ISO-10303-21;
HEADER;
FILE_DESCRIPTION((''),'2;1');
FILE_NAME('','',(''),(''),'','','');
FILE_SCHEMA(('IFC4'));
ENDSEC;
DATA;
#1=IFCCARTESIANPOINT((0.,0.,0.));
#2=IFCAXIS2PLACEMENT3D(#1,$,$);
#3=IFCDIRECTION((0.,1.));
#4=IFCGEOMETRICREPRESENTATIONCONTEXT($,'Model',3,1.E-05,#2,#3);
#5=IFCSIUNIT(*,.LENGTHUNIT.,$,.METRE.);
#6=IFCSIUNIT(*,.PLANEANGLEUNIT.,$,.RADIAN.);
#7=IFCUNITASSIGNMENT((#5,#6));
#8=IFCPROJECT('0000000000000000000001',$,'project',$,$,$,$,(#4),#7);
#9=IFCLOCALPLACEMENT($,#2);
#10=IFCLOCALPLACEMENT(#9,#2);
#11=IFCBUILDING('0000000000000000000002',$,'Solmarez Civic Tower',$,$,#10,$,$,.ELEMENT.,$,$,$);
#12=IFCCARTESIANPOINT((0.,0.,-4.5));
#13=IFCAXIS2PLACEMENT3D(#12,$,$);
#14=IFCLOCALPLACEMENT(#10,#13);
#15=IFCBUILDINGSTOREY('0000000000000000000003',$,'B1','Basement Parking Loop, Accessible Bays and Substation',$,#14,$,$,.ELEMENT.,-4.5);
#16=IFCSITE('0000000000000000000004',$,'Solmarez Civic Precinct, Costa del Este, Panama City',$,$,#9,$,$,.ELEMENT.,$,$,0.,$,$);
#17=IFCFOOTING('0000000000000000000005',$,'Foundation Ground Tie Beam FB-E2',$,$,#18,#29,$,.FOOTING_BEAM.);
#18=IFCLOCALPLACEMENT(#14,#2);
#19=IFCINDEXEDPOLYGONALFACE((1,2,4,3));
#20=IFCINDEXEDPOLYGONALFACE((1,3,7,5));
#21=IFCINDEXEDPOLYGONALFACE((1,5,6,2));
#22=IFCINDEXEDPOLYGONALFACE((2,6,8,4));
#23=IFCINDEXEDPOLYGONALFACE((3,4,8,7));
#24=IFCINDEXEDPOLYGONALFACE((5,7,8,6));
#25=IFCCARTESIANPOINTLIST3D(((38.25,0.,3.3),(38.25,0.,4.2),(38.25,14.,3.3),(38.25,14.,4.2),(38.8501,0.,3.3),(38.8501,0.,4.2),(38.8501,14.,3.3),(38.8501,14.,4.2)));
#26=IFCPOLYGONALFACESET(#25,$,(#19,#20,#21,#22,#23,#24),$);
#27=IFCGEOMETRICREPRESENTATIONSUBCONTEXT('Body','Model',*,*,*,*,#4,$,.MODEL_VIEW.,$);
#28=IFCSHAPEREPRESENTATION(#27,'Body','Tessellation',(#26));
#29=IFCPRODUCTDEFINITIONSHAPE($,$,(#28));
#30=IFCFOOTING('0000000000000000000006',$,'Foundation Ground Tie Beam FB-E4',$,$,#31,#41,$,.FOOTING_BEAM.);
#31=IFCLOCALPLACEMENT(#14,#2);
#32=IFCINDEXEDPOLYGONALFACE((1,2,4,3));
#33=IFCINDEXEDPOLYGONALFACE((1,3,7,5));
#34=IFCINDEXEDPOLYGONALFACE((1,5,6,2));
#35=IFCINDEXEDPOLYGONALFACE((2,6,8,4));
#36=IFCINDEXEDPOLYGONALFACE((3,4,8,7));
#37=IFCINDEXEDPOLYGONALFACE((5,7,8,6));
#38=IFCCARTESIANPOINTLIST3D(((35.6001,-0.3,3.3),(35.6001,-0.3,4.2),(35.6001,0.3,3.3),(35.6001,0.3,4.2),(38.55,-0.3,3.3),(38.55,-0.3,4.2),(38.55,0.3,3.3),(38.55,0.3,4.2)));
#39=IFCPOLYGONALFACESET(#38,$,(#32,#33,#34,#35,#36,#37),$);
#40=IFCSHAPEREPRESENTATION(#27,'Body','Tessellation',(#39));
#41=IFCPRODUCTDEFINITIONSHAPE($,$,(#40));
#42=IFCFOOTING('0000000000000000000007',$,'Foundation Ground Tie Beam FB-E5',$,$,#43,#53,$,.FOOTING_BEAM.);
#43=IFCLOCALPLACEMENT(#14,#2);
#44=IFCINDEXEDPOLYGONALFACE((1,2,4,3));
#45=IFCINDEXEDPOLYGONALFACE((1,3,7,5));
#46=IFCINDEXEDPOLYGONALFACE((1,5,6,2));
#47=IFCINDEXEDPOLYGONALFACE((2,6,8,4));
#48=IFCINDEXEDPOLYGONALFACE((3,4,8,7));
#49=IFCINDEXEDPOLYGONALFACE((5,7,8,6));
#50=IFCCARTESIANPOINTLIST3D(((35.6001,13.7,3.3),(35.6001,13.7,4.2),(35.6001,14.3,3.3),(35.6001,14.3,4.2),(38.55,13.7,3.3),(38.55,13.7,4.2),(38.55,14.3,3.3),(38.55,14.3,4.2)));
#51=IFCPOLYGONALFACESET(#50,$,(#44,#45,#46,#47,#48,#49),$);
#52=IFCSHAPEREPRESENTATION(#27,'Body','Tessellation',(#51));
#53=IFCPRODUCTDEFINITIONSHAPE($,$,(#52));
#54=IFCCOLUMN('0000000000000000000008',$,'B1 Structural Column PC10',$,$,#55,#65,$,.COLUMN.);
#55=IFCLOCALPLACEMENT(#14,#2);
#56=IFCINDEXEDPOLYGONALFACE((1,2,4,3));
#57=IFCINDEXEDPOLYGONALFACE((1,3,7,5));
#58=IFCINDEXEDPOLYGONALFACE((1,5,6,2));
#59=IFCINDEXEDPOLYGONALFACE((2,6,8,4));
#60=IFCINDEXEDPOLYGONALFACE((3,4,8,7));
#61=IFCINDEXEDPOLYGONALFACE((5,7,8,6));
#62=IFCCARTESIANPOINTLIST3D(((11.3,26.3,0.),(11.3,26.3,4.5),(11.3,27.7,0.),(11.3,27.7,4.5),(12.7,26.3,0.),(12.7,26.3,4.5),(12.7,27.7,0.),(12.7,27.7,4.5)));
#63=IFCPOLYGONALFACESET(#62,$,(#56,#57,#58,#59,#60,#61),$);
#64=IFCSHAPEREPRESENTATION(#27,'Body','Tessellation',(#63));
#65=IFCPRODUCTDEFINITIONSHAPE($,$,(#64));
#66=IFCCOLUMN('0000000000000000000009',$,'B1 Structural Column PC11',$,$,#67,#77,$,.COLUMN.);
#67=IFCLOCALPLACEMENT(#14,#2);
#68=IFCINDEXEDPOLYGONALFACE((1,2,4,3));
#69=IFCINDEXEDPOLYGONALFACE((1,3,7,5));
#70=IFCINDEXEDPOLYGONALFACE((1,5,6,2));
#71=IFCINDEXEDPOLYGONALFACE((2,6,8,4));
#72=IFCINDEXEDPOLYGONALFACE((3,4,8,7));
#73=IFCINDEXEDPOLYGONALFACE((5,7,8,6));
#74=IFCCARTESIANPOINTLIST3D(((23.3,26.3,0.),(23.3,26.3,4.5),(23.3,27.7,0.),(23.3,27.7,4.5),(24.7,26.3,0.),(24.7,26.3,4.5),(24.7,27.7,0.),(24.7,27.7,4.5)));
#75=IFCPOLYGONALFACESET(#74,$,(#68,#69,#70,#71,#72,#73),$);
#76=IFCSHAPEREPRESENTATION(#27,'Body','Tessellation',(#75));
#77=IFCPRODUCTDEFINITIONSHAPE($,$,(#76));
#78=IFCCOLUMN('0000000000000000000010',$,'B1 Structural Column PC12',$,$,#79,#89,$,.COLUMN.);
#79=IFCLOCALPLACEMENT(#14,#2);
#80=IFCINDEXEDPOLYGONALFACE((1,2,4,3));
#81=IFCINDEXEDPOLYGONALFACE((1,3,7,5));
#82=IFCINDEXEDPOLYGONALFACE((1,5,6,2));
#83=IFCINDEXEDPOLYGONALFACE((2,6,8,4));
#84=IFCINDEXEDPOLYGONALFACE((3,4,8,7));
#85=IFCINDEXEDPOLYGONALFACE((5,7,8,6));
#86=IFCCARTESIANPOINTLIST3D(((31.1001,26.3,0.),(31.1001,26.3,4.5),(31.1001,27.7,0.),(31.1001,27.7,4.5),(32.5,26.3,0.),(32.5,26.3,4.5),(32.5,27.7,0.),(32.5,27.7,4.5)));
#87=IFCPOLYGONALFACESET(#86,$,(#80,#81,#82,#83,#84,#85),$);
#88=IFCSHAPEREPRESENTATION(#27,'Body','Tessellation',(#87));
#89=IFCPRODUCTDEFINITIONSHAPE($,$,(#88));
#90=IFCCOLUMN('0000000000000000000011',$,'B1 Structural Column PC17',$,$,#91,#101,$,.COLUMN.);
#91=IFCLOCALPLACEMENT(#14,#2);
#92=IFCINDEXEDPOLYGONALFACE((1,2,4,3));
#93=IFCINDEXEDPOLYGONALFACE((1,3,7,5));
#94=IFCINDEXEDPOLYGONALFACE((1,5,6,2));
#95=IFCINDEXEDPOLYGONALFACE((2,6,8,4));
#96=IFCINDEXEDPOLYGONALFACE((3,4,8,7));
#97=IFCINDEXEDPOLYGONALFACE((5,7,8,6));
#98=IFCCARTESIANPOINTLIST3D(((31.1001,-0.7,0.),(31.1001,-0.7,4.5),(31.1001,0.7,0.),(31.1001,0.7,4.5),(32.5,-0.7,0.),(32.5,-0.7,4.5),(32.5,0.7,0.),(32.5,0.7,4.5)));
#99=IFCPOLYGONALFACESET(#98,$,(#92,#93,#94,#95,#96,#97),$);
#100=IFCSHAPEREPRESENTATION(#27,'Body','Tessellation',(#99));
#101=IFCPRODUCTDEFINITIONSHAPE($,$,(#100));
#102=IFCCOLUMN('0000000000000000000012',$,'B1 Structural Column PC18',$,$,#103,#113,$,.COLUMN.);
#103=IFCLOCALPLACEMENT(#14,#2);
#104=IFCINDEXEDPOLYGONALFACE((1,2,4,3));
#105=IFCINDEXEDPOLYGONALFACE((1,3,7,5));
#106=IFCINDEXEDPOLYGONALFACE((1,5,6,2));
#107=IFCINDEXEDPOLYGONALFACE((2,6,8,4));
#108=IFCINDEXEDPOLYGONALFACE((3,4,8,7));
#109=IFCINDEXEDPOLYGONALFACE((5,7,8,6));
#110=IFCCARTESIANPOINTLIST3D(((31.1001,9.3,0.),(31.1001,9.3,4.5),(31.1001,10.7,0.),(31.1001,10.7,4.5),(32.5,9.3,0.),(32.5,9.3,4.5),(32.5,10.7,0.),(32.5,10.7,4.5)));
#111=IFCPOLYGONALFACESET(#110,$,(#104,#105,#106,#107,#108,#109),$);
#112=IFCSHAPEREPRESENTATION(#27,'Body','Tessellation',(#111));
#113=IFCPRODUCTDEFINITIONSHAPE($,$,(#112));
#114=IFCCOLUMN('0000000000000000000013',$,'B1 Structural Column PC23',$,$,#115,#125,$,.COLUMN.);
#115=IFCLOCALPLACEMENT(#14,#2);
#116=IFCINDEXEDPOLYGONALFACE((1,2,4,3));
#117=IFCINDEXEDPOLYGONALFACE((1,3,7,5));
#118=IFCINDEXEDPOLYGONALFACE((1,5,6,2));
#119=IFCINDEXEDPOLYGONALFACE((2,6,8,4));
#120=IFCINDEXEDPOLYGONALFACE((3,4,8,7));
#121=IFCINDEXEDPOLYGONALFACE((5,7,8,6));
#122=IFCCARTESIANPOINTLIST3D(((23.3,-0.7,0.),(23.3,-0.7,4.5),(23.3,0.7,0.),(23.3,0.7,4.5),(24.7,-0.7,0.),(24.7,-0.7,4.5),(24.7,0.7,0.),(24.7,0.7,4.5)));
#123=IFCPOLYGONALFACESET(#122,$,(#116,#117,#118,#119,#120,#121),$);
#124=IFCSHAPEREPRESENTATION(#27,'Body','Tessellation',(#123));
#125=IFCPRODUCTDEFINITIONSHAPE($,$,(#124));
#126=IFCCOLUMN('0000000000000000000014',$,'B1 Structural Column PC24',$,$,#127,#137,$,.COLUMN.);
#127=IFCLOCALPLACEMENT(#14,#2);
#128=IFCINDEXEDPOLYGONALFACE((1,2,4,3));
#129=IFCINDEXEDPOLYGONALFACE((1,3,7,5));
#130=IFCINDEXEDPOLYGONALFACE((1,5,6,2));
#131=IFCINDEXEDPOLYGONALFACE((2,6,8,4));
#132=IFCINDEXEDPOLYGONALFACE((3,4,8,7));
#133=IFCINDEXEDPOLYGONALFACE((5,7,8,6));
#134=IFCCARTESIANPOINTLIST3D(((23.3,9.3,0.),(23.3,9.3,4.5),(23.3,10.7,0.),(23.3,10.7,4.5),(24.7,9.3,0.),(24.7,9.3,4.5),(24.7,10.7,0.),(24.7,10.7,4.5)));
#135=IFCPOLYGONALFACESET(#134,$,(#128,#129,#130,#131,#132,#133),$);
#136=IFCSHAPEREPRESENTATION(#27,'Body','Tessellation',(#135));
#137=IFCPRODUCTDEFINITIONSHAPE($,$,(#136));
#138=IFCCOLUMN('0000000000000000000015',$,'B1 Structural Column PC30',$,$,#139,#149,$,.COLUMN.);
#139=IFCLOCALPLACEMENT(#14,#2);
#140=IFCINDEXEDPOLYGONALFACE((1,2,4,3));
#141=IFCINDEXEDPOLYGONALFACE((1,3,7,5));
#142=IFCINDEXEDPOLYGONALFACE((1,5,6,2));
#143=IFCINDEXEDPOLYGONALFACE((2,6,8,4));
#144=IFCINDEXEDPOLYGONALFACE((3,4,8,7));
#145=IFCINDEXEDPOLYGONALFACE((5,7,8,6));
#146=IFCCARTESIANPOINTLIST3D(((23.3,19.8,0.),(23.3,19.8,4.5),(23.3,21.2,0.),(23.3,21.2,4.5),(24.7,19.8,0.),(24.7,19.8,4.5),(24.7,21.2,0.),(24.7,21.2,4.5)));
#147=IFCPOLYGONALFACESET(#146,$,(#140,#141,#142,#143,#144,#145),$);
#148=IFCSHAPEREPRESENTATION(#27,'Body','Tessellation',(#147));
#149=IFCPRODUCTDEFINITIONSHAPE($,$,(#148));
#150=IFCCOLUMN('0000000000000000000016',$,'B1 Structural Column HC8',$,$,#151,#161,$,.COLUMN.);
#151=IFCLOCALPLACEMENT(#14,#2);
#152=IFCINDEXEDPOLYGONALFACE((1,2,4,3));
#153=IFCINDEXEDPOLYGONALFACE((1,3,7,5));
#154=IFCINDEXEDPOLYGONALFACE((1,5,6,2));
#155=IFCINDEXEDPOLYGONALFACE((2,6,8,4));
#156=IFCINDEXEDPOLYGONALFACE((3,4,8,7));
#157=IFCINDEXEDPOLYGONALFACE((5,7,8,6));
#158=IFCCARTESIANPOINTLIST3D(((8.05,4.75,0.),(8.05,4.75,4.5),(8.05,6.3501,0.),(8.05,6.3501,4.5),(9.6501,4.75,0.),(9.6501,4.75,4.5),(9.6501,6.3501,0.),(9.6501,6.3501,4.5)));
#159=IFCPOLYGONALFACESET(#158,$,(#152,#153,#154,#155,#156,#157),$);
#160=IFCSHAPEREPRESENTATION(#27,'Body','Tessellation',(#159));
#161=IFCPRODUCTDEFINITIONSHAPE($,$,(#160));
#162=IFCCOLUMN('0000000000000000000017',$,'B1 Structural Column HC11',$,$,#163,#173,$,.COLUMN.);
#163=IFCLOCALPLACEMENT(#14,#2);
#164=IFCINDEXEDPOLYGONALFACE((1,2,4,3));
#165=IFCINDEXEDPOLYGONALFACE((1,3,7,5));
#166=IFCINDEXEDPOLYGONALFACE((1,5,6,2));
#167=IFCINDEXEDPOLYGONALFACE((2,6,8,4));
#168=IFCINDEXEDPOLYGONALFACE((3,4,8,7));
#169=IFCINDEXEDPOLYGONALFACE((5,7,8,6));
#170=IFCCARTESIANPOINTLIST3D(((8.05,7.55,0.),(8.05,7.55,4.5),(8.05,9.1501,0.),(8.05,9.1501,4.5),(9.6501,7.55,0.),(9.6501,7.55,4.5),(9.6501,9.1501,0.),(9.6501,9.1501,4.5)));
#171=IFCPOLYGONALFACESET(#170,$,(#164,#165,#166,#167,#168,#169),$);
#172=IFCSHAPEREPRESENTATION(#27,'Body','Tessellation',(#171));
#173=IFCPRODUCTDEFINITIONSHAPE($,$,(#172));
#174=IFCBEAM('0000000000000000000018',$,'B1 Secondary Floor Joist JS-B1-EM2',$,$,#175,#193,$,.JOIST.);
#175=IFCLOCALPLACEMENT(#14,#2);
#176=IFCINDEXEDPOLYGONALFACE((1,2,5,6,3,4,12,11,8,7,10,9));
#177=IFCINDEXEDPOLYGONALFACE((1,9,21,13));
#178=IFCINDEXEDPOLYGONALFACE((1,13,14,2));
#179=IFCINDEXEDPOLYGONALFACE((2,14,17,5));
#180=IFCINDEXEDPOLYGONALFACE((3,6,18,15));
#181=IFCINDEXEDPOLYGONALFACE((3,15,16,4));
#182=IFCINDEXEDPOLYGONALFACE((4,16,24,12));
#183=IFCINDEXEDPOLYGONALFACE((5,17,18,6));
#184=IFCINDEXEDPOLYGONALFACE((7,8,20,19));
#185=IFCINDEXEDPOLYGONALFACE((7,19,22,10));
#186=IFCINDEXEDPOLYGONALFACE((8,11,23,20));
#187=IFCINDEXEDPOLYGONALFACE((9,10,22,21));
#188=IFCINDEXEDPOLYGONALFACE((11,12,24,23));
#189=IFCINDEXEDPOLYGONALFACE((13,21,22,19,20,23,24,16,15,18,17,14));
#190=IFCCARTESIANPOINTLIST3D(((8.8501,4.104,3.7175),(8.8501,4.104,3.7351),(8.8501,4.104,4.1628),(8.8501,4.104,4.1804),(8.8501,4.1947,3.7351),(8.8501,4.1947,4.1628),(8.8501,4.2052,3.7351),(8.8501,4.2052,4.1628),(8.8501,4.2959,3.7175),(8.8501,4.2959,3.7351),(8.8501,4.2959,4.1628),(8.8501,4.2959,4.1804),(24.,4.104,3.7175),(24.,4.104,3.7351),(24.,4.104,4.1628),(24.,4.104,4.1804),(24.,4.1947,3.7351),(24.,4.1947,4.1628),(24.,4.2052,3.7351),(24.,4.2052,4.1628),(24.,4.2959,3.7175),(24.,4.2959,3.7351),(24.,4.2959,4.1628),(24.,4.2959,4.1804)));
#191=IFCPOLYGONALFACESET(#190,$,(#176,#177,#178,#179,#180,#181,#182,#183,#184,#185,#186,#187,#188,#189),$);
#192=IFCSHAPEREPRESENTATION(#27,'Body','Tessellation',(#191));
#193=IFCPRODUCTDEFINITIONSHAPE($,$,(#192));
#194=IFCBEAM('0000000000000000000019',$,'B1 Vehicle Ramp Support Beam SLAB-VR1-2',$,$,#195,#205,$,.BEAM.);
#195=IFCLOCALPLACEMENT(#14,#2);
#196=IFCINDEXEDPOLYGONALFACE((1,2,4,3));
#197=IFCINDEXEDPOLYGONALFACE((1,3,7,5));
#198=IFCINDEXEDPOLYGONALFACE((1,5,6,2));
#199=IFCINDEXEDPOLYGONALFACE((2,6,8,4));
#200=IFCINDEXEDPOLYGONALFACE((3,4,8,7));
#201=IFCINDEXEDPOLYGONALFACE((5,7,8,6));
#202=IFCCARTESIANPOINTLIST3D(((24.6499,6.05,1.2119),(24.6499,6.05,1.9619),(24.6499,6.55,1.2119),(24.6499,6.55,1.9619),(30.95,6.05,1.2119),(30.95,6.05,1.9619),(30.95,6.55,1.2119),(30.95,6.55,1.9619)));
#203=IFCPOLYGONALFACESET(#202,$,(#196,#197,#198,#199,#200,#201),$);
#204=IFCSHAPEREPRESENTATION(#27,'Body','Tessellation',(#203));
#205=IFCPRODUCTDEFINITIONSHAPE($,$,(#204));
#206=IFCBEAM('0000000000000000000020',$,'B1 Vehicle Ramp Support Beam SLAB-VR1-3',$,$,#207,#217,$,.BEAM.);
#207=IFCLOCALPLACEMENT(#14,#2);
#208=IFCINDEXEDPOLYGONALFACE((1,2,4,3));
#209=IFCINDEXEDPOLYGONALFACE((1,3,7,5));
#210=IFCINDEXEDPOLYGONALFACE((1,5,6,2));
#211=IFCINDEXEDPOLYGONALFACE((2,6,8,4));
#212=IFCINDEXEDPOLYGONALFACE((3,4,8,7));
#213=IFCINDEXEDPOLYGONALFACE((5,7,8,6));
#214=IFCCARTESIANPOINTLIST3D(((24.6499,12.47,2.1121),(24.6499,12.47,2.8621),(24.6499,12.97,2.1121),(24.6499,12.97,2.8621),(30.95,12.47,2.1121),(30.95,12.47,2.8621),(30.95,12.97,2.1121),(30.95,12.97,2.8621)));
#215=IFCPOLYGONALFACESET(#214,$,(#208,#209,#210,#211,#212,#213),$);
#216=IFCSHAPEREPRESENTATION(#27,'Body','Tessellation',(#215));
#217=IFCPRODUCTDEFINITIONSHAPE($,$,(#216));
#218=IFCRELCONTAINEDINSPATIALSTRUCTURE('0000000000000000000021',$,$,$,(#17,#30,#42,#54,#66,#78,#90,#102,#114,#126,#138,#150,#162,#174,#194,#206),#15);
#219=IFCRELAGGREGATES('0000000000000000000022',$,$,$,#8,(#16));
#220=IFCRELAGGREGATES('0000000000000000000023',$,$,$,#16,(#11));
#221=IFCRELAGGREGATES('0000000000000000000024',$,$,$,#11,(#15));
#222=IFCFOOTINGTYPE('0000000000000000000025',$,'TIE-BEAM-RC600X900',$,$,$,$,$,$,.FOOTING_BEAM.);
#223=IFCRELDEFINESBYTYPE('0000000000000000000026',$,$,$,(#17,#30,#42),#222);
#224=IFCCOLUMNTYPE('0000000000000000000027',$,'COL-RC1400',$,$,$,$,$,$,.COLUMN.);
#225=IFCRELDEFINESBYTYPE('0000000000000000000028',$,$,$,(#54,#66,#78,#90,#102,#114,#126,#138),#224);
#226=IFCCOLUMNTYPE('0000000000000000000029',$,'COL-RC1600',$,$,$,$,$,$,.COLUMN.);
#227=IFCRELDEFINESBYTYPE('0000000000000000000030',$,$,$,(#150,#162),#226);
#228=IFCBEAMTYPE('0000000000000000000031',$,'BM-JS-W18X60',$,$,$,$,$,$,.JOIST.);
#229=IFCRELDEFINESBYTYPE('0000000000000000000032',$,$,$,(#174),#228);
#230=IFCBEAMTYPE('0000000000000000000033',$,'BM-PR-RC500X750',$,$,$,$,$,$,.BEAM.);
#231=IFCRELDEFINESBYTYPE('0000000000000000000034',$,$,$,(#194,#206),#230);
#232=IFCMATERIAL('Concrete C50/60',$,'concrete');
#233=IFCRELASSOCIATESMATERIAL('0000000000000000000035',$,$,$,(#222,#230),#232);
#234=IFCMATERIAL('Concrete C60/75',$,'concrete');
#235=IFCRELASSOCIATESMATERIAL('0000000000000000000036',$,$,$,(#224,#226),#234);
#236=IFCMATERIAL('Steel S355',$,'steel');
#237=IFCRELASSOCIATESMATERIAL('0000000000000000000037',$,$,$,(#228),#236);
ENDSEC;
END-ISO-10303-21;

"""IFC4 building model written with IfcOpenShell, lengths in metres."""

from ifc_helpers import new_model, si_unit, direction, frame, origin, origin_2d, place, context, subcontext, project, spatial, rectangle, i_section, extrude, material, material_profile, profile_set, type_object, element, save


model = new_model("IFC4")

# Units and contexts
model_context = context("Model", 3, precision=1e-05, world=origin(), true_north=direction((0.0, 1.0)))
body_context = subcontext(model_context, "Body", "Model", "MODEL_VIEW")
ifc_project = project(units=[si_unit("LENGTHUNIT", "METRE"), si_unit("PLANEANGLEUNIT", "RADIAN")], contexts=[model_context])

# Site, building, storey
site_placement = place(None, origin())
site = spatial("IfcSite", under=ifc_project, at=site_placement, Name="Solmarez Civic Precinct, Costa del Este, Panama City", CompositionType="ELEMENT", RefElevation=0.0)
building_placement = place(site_placement, origin())
building = spatial("IfcBuilding", under=site, at=building_placement, Name="Solmarez Civic Tower", CompositionType="ELEMENT")
storey_placement = place(building_placement, frame((0.0, 0.0, -4.5)))
storey = spatial("IfcBuildingStorey", under=building, at=storey_placement, Name="B1", Description="Basement Parking Loop, Accessible Bays and Substation", CompositionType="ELEMENT", Elevation=-4.5)

# Footings
ifc_material_1 = material(Name="Concrete C50/60", Category="concrete")
ifc_material_profile_1 = material_profile(ifc_material_1, rectangle(XDim=0.6001, YDim=0.8999, at=origin_2d()), Name="RC600X900")
ifc_profile_set_1 = profile_set([ifc_material_profile_1], Name="Concrete C50/60")
footing_type = type_object("IfcFootingType", Name="TIE-BEAM-RC600X900", PredefinedType="FOOTING_BEAM", material=ifc_profile_set_1)
footing_placement = place(storey_placement, frame((38.55, 0.0, 3.75), z_axis=(0.0, 1.0, 0.0), x_axis=(-1.0, 0.0, 0.0)))
element("IfcFooting", 1, at=footing_placement, inside=storey, type_object=footing_type, Name="Foundation Ground Tie Beam FB-E2", PredefinedType="FOOTING_BEAM", context=body_context, shape_type="SweptSolid", body=[
    extrude(rectangle(XDim=0.6001, YDim=0.8999, at=origin_2d()), origin(), (0.0, 0.0, 1.0), 14.0),
])
for number, where, z_axis, x_axis, name in (
    (2, (38.55, 0.0, 3.75), (-1.0, 0.0, 0.0), (0.0, -1.0, 0.0), "Foundation Ground Tie Beam FB-E4"),
    (3, (38.55, 14.0, 3.75), (-1.0, 0.0, 0.0), (0.0, -1.0, 0.0), "Foundation Ground Tie Beam FB-E5"),
):
    element("IfcFooting", number, at=place(storey_placement, frame(where, z_axis=z_axis, x_axis=x_axis)), inside=storey, type_object=footing_type, Name=name, PredefinedType="FOOTING_BEAM", context=body_context, shape_type="SweptSolid", body=[
        extrude(rectangle(XDim=0.6001, YDim=0.8999, at=origin_2d()), origin(), (0.0, 0.0, 1.0), 2.95),
    ])

# Columns
ifc_material_2 = material(Name="Concrete C60/75", Category="concrete")
ifc_material_profile_2 = material_profile(ifc_material_2, rectangle(XDim=1.3999, YDim=1.3999, at=origin_2d()), Name="RC1400X1400")
ifc_profile_set_2 = profile_set([ifc_material_profile_2], Name="Concrete C60/75")
column_type_1 = type_object("IfcColumnType", Name="COL-RC1400", PredefinedType="COLUMN", material=ifc_profile_set_2)
for number, where, z_axis, x_axis, name in (
    (4, (12.0, 27.0, 0.0), (0.0, 0.0, 1.0), (1.0, 0.0, 0.0), "B1 Structural Column PC10"),
    (5, (24.0, 27.0, 0.0), (0.0, 0.0, 1.0), (1.0, 0.0, 0.0), "B1 Structural Column PC11"),
    (6, (31.8, 27.0, 0.0), (0.0, 0.0, 1.0), (1.0, 0.0, 0.0), "B1 Structural Column PC12"),
    (7, (31.8, 0.0, 0.0), (0.0, 0.0, 1.0), (1.0, 0.0, 0.0), "B1 Structural Column PC17"),
    (8, (31.8, 10.0, 0.0), (0.0, 0.0, 1.0), (1.0, 0.0, 0.0), "B1 Structural Column PC18"),
    (9, (24.0, 0.0, 0.0), (0.0, 0.0, 1.0), (1.0, 0.0, 0.0), "B1 Structural Column PC23"),
    (10, (24.0, 10.0, 0.0), (0.0, 0.0, 1.0), (1.0, 0.0, 0.0), "B1 Structural Column PC24"),
    (11, (24.0, 20.5, 0.0), (0.0, 0.0, 1.0), (1.0, 0.0, 0.0), "B1 Structural Column PC30"),
):
    element("IfcColumn", number, at=place(storey_placement, frame(where, z_axis=z_axis, x_axis=x_axis)), inside=storey, type_object=column_type_1, Name=name, PredefinedType="COLUMN", context=body_context, shape_type="SweptSolid", body=[
        extrude(rectangle(XDim=1.3999, YDim=1.3999, at=origin_2d()), origin(), (0.0, 0.0, 1.0), 4.5),
    ])
ifc_material_profile_3 = material_profile(ifc_material_2, rectangle(XDim=1.6001, YDim=1.6001, at=origin_2d()), Name="RC1600X1600")
ifc_profile_set_3 = profile_set([ifc_material_profile_3], Name="Concrete C60/75")
column_type_2 = type_object("IfcColumnType", Name="COL-RC1600", PredefinedType="COLUMN", material=ifc_profile_set_3)
for number, where, z_axis, x_axis, name in (
    (12, (8.8501, 5.55, 0.0), (0.0, 0.0, 1.0), (1.0, 0.0, 0.0), "B1 Structural Column HC8"),
    (13, (8.8501, 8.3501, 0.0), (0.0, 0.0, 1.0), (1.0, 0.0, 0.0), "B1 Structural Column HC11"),
):
    element("IfcColumn", number, at=place(storey_placement, frame(where, z_axis=z_axis, x_axis=x_axis)), inside=storey, type_object=column_type_2, Name=name, PredefinedType="COLUMN", context=body_context, shape_type="SweptSolid", body=[
        extrude(rectangle(XDim=1.6001, YDim=1.6001, at=origin_2d()), origin(), (0.0, 0.0, 1.0), 4.5),
    ])

# Beams
ifc_material_3 = material(Name="Steel S355", Category="steel")
ifc_material_profile_4 = material_profile(ifc_material_3, i_section(OverallWidth=0.1919, OverallDepth=0.4629, WebThickness=0.0105, FlangeThickness=0.0176, at=origin_2d()), Name="W18X60")
ifc_profile_set_4 = profile_set([ifc_material_profile_4], Name="Steel S355")
beam_type_1 = type_object("IfcBeamType", Name="BM-JS-W18X60", PredefinedType="JOIST", material=ifc_profile_set_4)
beam_1_placement = place(storey_placement, frame((8.8501, 4.2, 3.949), z_axis=(1.0, 0.0, 0.0), x_axis=(0.0, 1.0, 0.0)))
element("IfcBeam", 14, at=beam_1_placement, inside=storey, type_object=beam_type_1, Name="B1 Secondary Floor Joist JS-B1-EM2", PredefinedType="JOIST", context=body_context, shape_type="SweptSolid", body=[
    extrude(i_section(OverallWidth=0.1919, OverallDepth=0.4629, WebThickness=0.0105, FlangeThickness=0.0176, at=origin_2d()), origin(), (0.0, 0.0, 1.0), 15.1499),
])
ifc_material_profile_5 = material_profile(ifc_material_1, rectangle(XDim=0.5, YDim=0.75, at=origin_2d()), Name="RC500X750")
ifc_profile_set_5 = profile_set([ifc_material_profile_5], Name="Concrete C50/60")
beam_type_2 = type_object("IfcBeamType", Name="BM-PR-RC500X750", PredefinedType="BEAM", material=ifc_profile_set_5)
for number, where, z_axis, x_axis, name in (
    (15, (24.6499, 6.3, 1.5869), (1.0, 0.0, 0.0), (0.0, 1.0, 0.0), "B1 Vehicle Ramp Support Beam SLAB-VR1-2"),
    (16, (24.6499, 12.72, 2.4871), (1.0, 0.0, 0.0), (0.0, 1.0, 0.0), "B1 Vehicle Ramp Support Beam SLAB-VR1-3"),
):
    element("IfcBeam", number, at=place(storey_placement, frame(where, z_axis=z_axis, x_axis=x_axis)), inside=storey, type_object=beam_type_2, Name=name, PredefinedType="BEAM", context=body_context, shape_type="SweptSolid", body=[
        extrude(rectangle(XDim=0.5, YDim=0.75, at=origin_2d()), origin(), (0.0, 0.0, 1.0), 6.3),
    ])

save(model, "model.ifc")
